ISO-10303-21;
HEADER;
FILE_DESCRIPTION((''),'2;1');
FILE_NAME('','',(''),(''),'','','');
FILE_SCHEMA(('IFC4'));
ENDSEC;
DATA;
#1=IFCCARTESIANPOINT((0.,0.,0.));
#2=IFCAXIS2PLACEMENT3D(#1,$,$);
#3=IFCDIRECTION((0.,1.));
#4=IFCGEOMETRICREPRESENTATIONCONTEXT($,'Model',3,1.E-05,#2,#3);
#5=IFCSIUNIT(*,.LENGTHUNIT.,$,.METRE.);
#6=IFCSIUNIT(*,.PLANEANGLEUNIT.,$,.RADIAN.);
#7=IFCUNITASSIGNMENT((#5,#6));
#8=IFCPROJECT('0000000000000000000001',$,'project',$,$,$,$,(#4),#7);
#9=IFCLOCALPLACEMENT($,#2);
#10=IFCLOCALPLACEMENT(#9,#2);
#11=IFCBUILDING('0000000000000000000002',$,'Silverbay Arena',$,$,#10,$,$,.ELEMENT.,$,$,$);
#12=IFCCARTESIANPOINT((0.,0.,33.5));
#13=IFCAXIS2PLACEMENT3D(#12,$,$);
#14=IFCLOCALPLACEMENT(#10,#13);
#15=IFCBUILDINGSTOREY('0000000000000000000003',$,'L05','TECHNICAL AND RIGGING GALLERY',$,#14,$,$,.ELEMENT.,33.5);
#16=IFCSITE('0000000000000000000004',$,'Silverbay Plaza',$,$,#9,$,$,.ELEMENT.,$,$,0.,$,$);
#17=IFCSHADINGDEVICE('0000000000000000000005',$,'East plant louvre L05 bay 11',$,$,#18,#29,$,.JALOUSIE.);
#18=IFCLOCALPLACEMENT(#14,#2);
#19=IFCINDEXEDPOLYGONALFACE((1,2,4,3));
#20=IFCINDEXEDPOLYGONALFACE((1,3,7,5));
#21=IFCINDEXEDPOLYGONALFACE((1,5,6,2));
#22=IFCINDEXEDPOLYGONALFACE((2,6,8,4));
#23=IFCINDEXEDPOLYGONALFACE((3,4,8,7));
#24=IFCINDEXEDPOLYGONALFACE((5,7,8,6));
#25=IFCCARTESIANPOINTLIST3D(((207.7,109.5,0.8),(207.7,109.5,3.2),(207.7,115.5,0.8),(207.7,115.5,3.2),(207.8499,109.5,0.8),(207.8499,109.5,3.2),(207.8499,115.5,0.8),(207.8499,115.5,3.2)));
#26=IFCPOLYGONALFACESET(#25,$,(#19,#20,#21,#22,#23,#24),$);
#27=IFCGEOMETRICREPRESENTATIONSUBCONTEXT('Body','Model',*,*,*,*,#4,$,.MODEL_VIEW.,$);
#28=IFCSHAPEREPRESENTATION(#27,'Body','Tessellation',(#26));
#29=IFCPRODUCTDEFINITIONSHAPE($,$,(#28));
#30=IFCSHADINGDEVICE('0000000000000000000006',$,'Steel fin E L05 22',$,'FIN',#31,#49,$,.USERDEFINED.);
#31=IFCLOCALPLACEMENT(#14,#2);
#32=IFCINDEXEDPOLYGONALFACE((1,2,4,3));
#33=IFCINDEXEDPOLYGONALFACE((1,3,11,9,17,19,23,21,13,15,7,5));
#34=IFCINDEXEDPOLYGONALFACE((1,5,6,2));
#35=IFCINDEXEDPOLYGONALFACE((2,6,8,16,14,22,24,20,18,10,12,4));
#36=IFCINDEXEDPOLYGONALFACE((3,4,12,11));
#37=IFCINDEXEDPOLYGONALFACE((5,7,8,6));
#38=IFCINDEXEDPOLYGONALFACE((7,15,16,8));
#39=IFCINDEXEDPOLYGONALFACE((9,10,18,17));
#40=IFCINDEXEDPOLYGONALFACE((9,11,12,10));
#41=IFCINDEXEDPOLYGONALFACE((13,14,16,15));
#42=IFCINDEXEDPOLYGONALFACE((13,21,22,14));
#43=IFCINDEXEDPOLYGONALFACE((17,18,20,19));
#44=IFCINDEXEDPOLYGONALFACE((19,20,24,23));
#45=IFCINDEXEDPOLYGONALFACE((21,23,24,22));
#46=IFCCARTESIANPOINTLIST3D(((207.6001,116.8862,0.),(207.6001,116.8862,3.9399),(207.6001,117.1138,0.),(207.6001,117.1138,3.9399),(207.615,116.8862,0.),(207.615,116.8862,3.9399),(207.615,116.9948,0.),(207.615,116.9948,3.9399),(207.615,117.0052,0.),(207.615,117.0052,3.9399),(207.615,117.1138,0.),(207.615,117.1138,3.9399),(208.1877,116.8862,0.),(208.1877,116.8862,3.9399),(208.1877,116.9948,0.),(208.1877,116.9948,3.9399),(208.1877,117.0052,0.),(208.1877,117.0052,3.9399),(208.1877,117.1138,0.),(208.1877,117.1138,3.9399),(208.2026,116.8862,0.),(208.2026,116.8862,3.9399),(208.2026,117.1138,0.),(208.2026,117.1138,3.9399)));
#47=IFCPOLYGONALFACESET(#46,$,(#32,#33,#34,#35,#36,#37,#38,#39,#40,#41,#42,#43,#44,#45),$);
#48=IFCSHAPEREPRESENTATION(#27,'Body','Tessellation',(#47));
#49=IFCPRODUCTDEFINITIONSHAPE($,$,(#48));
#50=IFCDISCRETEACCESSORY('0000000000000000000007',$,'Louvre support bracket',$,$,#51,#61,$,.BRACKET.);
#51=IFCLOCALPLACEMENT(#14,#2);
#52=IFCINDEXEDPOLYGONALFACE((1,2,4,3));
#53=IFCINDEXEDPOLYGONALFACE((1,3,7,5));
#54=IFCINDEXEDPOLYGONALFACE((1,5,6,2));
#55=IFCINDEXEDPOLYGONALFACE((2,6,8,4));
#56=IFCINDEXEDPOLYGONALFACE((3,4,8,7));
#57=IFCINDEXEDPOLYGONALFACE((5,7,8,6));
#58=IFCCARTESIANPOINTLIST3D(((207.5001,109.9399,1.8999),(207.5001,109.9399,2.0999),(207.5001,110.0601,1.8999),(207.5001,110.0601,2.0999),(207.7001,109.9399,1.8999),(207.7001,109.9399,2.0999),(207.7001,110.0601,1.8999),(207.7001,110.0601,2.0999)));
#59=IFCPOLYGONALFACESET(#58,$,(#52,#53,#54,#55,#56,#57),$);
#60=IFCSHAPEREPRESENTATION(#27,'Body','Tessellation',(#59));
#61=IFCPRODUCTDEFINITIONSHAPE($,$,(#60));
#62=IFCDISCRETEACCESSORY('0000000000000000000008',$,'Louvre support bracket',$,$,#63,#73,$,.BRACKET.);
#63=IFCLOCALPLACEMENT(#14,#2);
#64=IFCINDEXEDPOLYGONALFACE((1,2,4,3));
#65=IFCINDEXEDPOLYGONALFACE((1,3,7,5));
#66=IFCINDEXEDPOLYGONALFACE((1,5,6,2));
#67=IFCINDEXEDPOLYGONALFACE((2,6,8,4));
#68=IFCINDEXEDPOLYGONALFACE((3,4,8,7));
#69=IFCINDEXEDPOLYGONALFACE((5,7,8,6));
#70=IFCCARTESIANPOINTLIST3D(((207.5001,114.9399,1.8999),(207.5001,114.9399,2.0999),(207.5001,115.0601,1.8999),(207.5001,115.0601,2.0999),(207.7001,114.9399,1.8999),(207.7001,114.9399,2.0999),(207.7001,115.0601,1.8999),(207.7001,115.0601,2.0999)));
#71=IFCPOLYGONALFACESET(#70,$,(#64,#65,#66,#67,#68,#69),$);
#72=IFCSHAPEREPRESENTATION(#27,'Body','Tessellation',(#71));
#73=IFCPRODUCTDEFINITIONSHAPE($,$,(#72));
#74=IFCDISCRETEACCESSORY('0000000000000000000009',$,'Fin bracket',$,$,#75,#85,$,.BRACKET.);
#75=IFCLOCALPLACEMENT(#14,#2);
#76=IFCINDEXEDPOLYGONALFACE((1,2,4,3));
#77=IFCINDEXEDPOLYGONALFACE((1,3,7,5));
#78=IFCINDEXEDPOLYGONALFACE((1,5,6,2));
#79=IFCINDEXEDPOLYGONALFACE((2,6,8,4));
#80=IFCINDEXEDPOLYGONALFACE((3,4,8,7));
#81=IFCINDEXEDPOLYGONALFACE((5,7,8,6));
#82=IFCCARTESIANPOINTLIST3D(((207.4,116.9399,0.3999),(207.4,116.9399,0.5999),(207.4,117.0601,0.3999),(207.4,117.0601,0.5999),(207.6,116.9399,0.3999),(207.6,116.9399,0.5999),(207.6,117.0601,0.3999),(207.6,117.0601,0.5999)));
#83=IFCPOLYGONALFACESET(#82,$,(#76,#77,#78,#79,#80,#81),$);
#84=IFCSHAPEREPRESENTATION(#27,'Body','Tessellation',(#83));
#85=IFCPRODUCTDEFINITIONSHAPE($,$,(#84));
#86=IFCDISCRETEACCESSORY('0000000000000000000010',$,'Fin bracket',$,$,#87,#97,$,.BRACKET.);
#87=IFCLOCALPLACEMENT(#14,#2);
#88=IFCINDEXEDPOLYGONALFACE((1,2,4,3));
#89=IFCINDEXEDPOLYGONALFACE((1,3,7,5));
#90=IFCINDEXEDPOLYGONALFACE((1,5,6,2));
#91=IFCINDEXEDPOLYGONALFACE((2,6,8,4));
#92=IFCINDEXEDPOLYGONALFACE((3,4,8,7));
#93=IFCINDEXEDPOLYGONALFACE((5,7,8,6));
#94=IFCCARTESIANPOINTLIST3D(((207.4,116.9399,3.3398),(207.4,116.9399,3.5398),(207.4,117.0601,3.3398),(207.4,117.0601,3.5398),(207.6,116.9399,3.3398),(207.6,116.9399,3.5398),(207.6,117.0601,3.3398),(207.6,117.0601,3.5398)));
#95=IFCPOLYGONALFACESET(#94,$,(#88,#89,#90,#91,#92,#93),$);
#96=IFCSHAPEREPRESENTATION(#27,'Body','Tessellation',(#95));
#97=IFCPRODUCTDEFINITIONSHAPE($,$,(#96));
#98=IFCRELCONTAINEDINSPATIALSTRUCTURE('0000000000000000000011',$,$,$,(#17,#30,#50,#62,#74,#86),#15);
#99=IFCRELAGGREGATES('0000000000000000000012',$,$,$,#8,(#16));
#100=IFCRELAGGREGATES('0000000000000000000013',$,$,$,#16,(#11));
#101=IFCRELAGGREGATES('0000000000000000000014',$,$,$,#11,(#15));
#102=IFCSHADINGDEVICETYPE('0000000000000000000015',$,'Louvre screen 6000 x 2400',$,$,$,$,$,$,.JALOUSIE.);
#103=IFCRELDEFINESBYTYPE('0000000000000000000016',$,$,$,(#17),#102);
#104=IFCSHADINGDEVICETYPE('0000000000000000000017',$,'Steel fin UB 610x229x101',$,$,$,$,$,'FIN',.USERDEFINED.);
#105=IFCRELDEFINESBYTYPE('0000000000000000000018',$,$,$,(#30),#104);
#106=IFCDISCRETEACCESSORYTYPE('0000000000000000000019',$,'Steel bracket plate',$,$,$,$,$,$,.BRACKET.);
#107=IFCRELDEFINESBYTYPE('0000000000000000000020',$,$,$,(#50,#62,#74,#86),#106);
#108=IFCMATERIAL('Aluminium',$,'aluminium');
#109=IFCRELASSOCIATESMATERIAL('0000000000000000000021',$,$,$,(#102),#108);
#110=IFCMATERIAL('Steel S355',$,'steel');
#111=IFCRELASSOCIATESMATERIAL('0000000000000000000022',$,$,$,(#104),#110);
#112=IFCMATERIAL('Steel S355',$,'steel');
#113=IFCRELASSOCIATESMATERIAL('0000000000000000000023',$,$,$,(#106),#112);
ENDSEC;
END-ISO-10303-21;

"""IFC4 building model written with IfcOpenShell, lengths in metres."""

from ifc_helpers import new_model, si_unit, direction, frame, origin, origin_2d, place, context, subcontext, project, spatial, rectangle, i_section, extrude, material, material_profile, profile_set, type_object, element, save


model = new_model("IFC4")

# Units and contexts
model_context = context("Model", 3, precision=1e-05, world=origin(), true_north=direction((0.0, 1.0)))
body_context = subcontext(model_context, "Body", "Model", "MODEL_VIEW")
ifc_project = project(units=[si_unit("LENGTHUNIT", "METRE"), si_unit("PLANEANGLEUNIT", "RADIAN")], contexts=[model_context])

# Site, building, storey
site_placement = place(None, origin())
site = spatial("IfcSite", under=ifc_project, at=site_placement, Name="Silverbay Plaza", CompositionType="ELEMENT", RefElevation=0.0)
building_placement = place(site_placement, origin())
building = spatial("IfcBuilding", under=site, at=building_placement, Name="Silverbay Arena", CompositionType="ELEMENT")
storey_placement = place(building_placement, frame((0.0, 0.0, 33.5)))
storey = spatial("IfcBuildingStorey", under=building, at=storey_placement, Name="L05", Description="TECHNICAL AND RIGGING GALLERY", CompositionType="ELEMENT", Elevation=33.5)

# Shading devices
ifc_material_1 = material(Name="Aluminium", Category="aluminium")
shading_device_type_1 = type_object("IfcShadingDeviceType", Name="Louvre screen 6000 x 2400", PredefinedType="JALOUSIE", material=ifc_material_1)
shading_device_1_placement = place(storey_placement, frame((207.7749, 112.5, 0.8), z_axis=(0.0, 0.0, 1.0), x_axis=(0.0, 1.0, 0.0)))
element("IfcShadingDevice", 1, at=shading_device_1_placement, inside=storey, type_object=shading_device_type_1, Name="East plant louvre L05 bay 11", PredefinedType="JALOUSIE", context=body_context, shape_type="SweptSolid", body=[
    extrude(rectangle(XDim=6.0, YDim=0.1499, at=origin_2d()), origin(), (0.0, 0.0, 1.0), 2.3999),
])
ifc_material_2 = material(Name="Steel S355", Category="steel")
ifc_material_profile_1 = material_profile(ifc_material_2, i_section(OverallWidth=0.2275, OverallDepth=0.6025, WebThickness=0.0105, FlangeThickness=0.0149, at=origin_2d()), Name="UB 610x229x101")
ifc_profile_set_1 = profile_set([ifc_material_profile_1], Name="Steel S355")
shading_device_type_2 = type_object("IfcShadingDeviceType", Name="Steel fin UB 610x229x101", ElementType="FIN", PredefinedType="USERDEFINED", material=ifc_profile_set_1)
shading_device_2_placement = place(storey_placement, frame((207.9014, 117.0, 0.0), z_axis=(0.0, 0.0, 1.0), x_axis=(0.0, 1.0, 0.0)))
element("IfcShadingDevice", 2, at=shading_device_2_placement, inside=storey, type_object=shading_device_type_2, Name="Steel fin E L05 22", ObjectType="FIN", PredefinedType="USERDEFINED", context=body_context, shape_type="SweptSolid", body=[
    extrude(i_section(OverallWidth=0.2275, OverallDepth=0.6025, WebThickness=0.0105, FlangeThickness=0.0149, at=origin_2d()), origin(), (0.0, 0.0, 1.0), 3.9399),
])

# Discrete accessories
ifc_material_3 = material(Name="Steel S355", Category="steel")
discrete_accessory_type = type_object("IfcDiscreteAccessoryType", Name="Steel bracket plate", PredefinedType="BRACKET", material=ifc_material_3)
for number, where, z_axis, x_axis, name in (
    (3, (207.6001, 110.0, 1.8999), (0.0, 0.0, 1.0), (0.0, 1.0, 0.0), "Louvre support bracket"),
    (4, (207.6001, 115.0, 1.8999), (0.0, 0.0, 1.0), (0.0, 1.0, 0.0), "Louvre support bracket"),
):
    element("IfcDiscreteAccessory", number, at=place(storey_placement, frame(where, z_axis=z_axis, x_axis=x_axis)), inside=storey, type_object=discrete_accessory_type, Name=name, PredefinedType="BRACKET", context=body_context, shape_type="SweptSolid", body=[
        extrude(rectangle(XDim=0.1201, YDim=0.2, at=origin_2d()), origin(), (0.0, 0.0, 1.0), 0.2),
    ])
for number, where, z_axis, x_axis, name in (
    (5, (207.5, 117.0, 0.3999), (0.0, 0.0, 1.0), (1.0, 0.0, 0.0), "Fin bracket"),
    (6, (207.5, 117.0, 3.3398), (0.0, 0.0, 1.0), (1.0, 0.0, 0.0), "Fin bracket"),
):
    element("IfcDiscreteAccessory", number, at=place(storey_placement, frame(where, z_axis=z_axis, x_axis=x_axis)), inside=storey, type_object=discrete_accessory_type, Name=name, PredefinedType="BRACKET", context=body_context, shape_type="SweptSolid", body=[
        extrude(rectangle(XDim=0.2, YDim=0.1201, at=origin_2d()), origin(), (0.0, 0.0, 1.0), 0.2),
    ])

save(model, "model.ifc")
